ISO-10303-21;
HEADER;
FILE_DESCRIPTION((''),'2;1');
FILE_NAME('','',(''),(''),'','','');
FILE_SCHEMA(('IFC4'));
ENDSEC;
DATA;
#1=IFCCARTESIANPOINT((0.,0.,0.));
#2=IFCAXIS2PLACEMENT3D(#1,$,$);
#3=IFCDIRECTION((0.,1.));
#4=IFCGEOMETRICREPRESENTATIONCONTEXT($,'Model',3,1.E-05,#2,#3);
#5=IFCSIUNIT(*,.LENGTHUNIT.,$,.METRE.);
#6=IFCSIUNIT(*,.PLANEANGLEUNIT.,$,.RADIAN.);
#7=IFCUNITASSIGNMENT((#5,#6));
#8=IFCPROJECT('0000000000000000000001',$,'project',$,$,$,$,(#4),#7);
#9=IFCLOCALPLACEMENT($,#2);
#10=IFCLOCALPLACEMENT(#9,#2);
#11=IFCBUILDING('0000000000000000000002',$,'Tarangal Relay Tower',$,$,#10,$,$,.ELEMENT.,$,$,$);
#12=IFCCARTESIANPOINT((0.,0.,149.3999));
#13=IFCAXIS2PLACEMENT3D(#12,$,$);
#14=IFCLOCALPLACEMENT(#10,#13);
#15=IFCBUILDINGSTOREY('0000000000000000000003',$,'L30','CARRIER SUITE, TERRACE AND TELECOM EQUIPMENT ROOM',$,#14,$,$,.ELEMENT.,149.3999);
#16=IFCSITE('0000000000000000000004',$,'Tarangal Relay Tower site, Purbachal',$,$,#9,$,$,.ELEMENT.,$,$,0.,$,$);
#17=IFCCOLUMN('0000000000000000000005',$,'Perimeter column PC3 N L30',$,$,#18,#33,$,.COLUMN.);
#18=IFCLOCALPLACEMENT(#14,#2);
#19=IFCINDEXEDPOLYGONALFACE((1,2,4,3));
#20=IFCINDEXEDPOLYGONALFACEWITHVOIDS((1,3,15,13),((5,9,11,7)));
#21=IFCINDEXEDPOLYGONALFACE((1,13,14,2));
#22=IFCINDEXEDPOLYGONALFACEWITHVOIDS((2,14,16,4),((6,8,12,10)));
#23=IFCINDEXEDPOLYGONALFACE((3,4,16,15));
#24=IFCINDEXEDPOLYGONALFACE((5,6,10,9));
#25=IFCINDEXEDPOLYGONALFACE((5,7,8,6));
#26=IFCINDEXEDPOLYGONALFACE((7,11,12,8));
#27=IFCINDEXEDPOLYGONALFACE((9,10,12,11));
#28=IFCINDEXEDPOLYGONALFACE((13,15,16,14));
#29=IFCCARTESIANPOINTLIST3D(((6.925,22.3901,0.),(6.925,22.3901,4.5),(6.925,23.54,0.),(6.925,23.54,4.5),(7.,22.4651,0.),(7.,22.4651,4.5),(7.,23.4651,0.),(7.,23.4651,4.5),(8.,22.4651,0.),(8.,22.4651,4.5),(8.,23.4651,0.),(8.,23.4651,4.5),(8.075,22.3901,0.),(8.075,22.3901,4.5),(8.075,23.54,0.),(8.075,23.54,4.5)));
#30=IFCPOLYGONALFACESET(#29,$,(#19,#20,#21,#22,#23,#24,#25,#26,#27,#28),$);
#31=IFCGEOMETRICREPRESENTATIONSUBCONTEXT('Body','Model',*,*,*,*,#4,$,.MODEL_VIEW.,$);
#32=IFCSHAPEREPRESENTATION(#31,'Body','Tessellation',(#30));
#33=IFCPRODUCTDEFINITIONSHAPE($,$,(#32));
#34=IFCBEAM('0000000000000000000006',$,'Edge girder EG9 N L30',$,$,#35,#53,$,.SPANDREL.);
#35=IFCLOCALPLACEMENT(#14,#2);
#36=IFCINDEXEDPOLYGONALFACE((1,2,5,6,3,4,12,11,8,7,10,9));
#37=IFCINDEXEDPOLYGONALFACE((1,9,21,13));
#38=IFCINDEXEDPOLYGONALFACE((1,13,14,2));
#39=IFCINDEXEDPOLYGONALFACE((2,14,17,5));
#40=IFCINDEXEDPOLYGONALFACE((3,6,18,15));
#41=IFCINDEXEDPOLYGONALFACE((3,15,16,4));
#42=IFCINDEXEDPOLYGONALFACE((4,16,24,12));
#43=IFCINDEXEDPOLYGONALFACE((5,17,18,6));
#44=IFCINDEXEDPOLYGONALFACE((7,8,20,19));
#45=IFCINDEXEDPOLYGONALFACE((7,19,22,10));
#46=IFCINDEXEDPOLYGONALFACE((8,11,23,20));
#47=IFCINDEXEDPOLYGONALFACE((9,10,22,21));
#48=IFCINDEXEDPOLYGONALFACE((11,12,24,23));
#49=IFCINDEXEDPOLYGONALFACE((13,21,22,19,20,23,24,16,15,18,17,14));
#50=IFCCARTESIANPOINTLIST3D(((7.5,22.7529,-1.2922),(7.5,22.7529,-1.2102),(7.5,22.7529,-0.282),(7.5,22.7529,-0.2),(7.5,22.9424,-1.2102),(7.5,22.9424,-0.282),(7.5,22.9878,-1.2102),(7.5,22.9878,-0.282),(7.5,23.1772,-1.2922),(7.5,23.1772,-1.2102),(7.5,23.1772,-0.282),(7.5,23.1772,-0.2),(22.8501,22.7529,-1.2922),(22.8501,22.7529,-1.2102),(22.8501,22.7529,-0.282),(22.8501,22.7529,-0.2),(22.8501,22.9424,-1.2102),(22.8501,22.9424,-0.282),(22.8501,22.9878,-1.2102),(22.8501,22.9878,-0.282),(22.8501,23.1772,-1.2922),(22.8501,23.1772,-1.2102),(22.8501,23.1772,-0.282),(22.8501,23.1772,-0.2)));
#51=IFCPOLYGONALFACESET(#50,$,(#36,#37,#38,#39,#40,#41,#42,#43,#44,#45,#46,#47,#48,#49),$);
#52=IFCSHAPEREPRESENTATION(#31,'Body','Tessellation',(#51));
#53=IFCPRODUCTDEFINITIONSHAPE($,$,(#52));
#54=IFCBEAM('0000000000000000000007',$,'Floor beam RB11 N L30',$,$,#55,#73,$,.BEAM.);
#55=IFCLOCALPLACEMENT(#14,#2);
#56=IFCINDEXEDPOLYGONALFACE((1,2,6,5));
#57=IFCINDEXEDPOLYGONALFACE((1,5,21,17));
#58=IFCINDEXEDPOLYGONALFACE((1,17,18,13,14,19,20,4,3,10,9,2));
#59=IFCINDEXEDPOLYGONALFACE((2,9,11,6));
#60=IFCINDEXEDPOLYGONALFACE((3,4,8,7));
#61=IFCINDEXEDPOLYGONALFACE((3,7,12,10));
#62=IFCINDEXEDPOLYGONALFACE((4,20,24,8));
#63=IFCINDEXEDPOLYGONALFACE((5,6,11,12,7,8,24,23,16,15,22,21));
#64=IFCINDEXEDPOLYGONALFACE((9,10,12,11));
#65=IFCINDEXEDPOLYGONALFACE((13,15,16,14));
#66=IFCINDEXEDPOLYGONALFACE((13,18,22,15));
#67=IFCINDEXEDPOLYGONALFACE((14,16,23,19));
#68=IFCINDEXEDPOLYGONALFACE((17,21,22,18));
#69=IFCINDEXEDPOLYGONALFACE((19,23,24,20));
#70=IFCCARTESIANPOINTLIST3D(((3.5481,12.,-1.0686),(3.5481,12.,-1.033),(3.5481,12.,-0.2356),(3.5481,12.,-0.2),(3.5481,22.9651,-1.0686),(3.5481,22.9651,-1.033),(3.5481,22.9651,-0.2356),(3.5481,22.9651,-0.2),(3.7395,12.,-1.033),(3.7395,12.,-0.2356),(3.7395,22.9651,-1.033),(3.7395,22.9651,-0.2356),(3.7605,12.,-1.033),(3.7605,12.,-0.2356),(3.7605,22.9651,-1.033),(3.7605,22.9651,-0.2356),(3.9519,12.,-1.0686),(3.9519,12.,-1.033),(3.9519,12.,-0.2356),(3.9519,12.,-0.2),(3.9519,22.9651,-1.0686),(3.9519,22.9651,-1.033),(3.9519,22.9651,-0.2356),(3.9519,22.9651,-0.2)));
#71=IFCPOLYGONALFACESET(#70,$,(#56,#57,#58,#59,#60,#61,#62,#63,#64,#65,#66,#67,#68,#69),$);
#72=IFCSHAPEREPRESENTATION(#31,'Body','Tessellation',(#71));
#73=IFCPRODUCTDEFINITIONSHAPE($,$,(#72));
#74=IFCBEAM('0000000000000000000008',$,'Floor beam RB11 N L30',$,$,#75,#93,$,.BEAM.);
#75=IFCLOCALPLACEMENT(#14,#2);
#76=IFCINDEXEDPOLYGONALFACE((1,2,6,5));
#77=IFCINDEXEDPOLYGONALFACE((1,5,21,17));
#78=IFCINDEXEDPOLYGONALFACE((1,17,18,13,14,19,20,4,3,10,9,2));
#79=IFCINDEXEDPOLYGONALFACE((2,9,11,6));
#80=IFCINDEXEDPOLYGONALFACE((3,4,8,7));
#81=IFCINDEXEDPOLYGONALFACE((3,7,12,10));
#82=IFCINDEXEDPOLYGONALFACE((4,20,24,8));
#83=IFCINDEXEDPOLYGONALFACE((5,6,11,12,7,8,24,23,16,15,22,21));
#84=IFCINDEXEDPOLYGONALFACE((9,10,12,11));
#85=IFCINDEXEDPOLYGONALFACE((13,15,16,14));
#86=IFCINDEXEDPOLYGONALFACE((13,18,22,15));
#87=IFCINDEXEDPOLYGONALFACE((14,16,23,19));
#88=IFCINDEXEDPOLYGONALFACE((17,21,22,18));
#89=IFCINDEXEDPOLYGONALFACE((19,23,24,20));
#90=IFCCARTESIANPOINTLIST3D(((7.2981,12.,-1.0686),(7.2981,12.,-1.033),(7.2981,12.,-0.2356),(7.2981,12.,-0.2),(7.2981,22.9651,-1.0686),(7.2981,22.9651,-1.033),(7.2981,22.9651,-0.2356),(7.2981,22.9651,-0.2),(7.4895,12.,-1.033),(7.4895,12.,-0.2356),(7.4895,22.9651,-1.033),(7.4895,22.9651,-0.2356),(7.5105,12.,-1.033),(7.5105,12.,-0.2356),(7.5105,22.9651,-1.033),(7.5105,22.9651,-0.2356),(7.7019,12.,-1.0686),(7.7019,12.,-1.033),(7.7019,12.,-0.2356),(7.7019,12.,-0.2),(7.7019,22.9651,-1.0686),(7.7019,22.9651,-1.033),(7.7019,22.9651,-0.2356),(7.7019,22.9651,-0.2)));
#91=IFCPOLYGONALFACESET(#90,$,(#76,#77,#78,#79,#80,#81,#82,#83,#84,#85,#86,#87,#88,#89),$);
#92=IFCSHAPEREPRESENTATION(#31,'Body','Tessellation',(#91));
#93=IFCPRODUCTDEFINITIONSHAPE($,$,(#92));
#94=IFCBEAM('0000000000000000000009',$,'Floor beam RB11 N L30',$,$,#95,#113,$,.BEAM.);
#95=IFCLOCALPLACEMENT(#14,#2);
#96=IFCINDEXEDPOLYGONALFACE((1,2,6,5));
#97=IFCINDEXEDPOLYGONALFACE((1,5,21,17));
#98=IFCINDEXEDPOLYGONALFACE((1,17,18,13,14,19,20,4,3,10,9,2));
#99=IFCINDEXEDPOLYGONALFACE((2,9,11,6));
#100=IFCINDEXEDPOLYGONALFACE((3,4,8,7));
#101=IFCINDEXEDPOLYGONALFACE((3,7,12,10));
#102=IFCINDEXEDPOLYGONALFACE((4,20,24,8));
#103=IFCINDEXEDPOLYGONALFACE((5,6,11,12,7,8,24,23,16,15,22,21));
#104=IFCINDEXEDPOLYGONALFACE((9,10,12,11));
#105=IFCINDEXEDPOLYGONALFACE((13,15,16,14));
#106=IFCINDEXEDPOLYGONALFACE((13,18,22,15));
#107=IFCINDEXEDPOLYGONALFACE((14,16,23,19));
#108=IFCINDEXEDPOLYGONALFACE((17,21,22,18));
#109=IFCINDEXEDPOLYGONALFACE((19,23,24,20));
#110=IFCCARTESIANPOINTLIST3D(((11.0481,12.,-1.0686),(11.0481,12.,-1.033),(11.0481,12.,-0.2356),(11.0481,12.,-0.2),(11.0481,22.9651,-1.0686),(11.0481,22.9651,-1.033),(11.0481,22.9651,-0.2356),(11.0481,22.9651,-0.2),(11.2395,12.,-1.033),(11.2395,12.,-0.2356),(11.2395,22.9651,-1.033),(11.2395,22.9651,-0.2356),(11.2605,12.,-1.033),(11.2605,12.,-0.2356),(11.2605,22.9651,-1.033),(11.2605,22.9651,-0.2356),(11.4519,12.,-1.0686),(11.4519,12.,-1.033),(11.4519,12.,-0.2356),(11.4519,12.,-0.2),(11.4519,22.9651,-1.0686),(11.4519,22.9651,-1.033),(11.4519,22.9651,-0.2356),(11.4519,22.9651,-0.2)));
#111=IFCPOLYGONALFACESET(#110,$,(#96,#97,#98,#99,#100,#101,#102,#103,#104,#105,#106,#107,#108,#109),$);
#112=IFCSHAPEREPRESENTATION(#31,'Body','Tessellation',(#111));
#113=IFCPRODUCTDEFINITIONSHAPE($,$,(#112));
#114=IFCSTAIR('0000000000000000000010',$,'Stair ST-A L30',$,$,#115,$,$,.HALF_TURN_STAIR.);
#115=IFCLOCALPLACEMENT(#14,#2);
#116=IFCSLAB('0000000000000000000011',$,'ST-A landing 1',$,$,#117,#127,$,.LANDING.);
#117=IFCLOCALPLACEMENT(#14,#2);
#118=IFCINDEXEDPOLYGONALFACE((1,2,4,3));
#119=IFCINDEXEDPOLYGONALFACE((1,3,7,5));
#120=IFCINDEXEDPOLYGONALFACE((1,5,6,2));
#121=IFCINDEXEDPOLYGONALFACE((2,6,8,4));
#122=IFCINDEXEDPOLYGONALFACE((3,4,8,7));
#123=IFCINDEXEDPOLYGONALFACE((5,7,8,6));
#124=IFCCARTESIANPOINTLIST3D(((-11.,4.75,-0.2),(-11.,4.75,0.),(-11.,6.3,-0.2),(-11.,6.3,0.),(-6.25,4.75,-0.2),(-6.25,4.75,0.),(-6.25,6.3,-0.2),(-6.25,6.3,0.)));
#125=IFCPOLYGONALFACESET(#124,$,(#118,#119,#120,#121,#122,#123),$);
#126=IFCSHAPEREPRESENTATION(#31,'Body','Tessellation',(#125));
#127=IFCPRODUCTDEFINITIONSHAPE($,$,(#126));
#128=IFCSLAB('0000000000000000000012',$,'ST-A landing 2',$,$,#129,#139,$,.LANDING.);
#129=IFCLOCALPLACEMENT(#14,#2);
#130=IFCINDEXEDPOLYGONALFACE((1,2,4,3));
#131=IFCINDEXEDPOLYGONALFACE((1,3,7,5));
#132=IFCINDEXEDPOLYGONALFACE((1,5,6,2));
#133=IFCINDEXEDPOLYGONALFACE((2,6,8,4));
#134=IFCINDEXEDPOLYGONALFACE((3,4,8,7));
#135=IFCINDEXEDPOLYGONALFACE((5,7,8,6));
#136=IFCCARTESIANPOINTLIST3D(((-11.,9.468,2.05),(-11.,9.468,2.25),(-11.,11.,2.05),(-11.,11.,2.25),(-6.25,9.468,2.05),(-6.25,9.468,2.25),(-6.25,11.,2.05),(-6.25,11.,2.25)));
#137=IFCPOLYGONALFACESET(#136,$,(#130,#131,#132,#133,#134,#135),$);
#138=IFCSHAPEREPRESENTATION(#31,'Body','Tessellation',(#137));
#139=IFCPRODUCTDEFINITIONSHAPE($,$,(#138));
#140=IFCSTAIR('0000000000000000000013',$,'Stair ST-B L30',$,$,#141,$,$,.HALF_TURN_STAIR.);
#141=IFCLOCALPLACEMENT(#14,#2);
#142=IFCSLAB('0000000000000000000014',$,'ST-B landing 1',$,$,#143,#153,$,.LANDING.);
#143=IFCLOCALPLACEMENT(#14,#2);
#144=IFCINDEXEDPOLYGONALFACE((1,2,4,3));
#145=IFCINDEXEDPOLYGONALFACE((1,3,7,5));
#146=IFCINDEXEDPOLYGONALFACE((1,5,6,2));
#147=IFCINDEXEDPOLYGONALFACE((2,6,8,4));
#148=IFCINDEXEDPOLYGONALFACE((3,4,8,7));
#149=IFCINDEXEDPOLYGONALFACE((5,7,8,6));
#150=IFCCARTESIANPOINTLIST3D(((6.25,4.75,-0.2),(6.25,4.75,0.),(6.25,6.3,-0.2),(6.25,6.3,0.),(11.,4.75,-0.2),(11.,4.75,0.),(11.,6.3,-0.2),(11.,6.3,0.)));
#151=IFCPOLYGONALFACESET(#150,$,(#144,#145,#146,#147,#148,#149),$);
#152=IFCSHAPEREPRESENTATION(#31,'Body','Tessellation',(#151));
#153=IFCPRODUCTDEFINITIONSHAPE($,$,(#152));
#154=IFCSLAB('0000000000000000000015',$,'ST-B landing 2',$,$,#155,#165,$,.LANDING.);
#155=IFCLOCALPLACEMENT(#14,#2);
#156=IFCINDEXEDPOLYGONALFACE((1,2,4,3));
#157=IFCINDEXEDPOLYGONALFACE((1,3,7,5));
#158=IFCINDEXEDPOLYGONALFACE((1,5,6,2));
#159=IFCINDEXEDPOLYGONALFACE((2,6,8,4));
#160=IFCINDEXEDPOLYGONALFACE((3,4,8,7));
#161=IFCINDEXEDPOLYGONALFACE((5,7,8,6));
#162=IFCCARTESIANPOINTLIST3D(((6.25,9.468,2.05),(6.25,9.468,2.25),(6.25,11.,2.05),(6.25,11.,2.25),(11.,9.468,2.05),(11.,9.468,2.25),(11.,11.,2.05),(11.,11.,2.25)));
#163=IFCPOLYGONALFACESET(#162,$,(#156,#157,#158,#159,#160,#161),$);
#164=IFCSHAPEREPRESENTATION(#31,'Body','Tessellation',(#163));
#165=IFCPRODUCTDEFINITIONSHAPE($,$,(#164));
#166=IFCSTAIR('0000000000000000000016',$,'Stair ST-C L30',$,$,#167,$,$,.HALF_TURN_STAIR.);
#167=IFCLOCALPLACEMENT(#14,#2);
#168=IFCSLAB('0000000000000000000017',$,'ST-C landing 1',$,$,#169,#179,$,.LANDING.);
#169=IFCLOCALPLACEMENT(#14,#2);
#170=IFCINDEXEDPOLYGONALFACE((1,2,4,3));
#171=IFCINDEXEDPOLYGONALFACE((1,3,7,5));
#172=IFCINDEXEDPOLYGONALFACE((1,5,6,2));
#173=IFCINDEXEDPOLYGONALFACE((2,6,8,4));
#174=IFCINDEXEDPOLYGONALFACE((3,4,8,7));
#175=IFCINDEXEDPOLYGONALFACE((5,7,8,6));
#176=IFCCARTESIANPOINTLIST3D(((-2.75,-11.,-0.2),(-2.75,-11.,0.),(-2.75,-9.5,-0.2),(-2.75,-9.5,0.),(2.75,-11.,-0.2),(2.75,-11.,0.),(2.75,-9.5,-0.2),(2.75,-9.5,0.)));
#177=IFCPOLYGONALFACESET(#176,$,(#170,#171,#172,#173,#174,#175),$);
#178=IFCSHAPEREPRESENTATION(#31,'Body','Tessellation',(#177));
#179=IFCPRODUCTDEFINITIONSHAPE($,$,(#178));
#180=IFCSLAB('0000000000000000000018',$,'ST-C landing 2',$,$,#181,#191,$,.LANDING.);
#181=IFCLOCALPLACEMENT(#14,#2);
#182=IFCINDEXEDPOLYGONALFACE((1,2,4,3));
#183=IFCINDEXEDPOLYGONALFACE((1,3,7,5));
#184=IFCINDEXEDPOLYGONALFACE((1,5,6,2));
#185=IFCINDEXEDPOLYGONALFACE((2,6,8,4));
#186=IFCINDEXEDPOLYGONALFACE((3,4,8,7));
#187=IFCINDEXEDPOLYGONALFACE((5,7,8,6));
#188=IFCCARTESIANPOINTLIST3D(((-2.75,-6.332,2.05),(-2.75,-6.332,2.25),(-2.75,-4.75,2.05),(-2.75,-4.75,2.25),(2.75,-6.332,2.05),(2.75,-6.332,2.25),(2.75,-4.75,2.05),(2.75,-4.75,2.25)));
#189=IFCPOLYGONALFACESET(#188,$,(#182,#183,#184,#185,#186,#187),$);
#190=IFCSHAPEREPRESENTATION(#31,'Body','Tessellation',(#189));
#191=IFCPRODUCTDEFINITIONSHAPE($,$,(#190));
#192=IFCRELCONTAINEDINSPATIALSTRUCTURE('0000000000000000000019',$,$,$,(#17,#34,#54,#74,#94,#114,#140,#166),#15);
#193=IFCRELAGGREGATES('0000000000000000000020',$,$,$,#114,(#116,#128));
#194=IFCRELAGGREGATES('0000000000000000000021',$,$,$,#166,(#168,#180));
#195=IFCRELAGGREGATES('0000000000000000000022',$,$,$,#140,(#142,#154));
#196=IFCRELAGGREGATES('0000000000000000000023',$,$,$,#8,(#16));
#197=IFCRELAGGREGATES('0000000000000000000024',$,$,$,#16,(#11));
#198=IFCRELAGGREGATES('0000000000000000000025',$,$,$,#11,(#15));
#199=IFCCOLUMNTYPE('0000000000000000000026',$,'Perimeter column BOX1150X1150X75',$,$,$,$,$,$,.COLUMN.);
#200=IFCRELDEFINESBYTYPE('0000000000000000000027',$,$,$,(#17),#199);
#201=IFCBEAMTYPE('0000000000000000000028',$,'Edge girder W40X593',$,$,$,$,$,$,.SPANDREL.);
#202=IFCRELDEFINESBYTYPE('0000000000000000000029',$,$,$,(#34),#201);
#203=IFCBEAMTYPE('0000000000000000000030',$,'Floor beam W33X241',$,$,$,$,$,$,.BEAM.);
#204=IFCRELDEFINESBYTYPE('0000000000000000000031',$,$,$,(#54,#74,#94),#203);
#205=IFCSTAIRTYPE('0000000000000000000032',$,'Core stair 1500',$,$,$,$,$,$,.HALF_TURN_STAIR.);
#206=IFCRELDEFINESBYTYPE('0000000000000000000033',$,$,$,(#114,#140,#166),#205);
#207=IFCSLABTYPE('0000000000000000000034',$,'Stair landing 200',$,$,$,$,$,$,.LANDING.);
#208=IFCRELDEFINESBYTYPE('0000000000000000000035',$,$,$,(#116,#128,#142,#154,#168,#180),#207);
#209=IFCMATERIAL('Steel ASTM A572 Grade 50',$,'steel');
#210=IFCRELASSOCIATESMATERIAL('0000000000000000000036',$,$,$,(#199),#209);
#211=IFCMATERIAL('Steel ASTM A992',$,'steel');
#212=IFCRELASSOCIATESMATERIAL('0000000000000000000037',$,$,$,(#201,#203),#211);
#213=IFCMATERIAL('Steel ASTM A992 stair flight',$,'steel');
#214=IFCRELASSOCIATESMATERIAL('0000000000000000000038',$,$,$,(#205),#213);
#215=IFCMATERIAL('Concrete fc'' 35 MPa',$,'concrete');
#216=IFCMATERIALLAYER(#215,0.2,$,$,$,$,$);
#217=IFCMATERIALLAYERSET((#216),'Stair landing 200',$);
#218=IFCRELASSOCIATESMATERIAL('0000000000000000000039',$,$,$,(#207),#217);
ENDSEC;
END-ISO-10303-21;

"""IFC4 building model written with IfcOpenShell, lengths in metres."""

from ifc_helpers import new_model, si_unit, direction, frame, origin, origin_2d, place, context, subcontext, project, spatial, polyline, hollow_rectangle, i_section, outline, extrude, material, layer, layer_set, material_profile, profile_set, type_object, element, aggregate, save


model = new_model("IFC4")

# Units and contexts
model_context = context("Model", 3, precision=1e-05, world=origin(), true_north=direction((0.0, 1.0)))
body_context = subcontext(model_context, "Body", "Model", "MODEL_VIEW")
ifc_project = project(units=[si_unit("LENGTHUNIT", "METRE"), si_unit("PLANEANGLEUNIT", "RADIAN")], contexts=[model_context])

# Site, building, storey
site_placement = place(None, origin())
site = spatial("IfcSite", under=ifc_project, at=site_placement, Name="Tarangal Relay Tower site, Purbachal", CompositionType="ELEMENT", RefElevation=0.0)
building_placement = place(site_placement, origin())
building = spatial("IfcBuilding", under=site, at=building_placement, Name="Tarangal Relay Tower", CompositionType="ELEMENT")
storey_placement = place(building_placement, frame((0.0, 0.0, 149.3999)))
storey = spatial("IfcBuildingStorey", under=building, at=storey_placement, Name="L30", Description="CARRIER SUITE, TERRACE AND TELECOM EQUIPMENT ROOM", CompositionType="ELEMENT", Elevation=149.3999)

# Column
ifc_material_1 = material(Name="Steel ASTM A572 Grade 50", Category="steel")
ifc_material_profile_1 = material_profile(ifc_material_1, hollow_rectangle(XDim=1.1499, YDim=1.1499, WallThickness=0.075, at=origin_2d()), Name="BOX1150X1150X75")
ifc_profile_set_1 = profile_set([ifc_material_profile_1], Name="Steel ASTM A572 Grade 50")
column_type = type_object("IfcColumnType", Name="Perimeter column BOX1150X1150X75", PredefinedType="COLUMN", material=ifc_profile_set_1)
column_placement = place(storey_placement, frame((7.5, 22.9651, 0.0), z_axis=(0.0, 0.0, 1.0), x_axis=(1.0, 0.0, 0.0)))
element("IfcColumn", 1, at=column_placement, inside=storey, type_object=column_type, Name="Perimeter column PC3 N L30", PredefinedType="COLUMN", context=body_context, shape_type="SweptSolid", body=[
    extrude(hollow_rectangle(XDim=1.1499, YDim=1.1499, WallThickness=0.075, at=origin_2d()), origin(), (0.0, 0.0, 1.0), 4.5),
])

# Beams
ifc_material_2 = material(Name="Steel ASTM A992", Category="steel")
ifc_material_profile_2 = material_profile(ifc_material_2, i_section(OverallWidth=0.4243, OverallDepth=1.0923, WebThickness=0.0454, FlangeThickness=0.082, at=origin_2d()), Name="W40X593")
ifc_profile_set_2 = profile_set([ifc_material_profile_2], Name="Steel ASTM A992")
beam_type_1 = type_object("IfcBeamType", Name="Edge girder W40X593", PredefinedType="SPANDREL", material=ifc_profile_set_2)
beam_placement = place(storey_placement, frame((7.5, 22.9651, -0.7461), z_axis=(1.0, 0.0, 0.0), x_axis=(0.0, 1.0, 0.0)))
element("IfcBeam", 2, at=beam_placement, inside=storey, type_object=beam_type_1, Name="Edge girder EG9 N L30", PredefinedType="SPANDREL", context=body_context, shape_type="SweptSolid", body=[
    extrude(i_section(OverallWidth=0.4243, OverallDepth=1.0923, WebThickness=0.0454, FlangeThickness=0.082, at=origin_2d()), origin(), (0.0, 0.0, 1.0), 15.3501),
])
ifc_material_profile_3 = material_profile(ifc_material_2, i_section(OverallWidth=0.4038, OverallDepth=0.8687, WebThickness=0.021, FlangeThickness=0.0356, at=origin_2d()), Name="W33X241")
ifc_profile_set_3 = profile_set([ifc_material_profile_3], Name="Steel ASTM A992")
beam_type_2 = type_object("IfcBeamType", Name="Floor beam W33X241", PredefinedType="BEAM", material=ifc_profile_set_3)
for number, where, z_axis, x_axis, name in (
    (3, (3.75, 12.0, -0.6343), (0.0, 1.0, 0.0), (-1.0, 0.0, 0.0), "Floor beam RB11 N L30"),
    (4, (7.5, 12.0, -0.6343), (0.0, 1.0, 0.0), (-1.0, 0.0, 0.0), "Floor beam RB11 N L30"),
    (5, (11.25, 12.0, -0.6343), (0.0, 1.0, 0.0), (-1.0, 0.0, 0.0), "Floor beam RB11 N L30"),
):
    element("IfcBeam", number, at=place(storey_placement, frame(where, z_axis=z_axis, x_axis=x_axis)), inside=storey, type_object=beam_type_2, Name=name, PredefinedType="BEAM", context=body_context, shape_type="SweptSolid", body=[
        extrude(i_section(OverallWidth=0.4038, OverallDepth=0.8687, WebThickness=0.021, FlangeThickness=0.0356, at=origin_2d()), origin(), (0.0, 0.0, 1.0), 10.9651),
    ])

# Stairs, slabs
ifc_material_3 = material(Name="Steel ASTM A992 stair flight", Category="steel")
stair_type = type_object("IfcStairType", Name="Core stair 1500", PredefinedType="HALF_TURN_STAIR", material=ifc_material_3)
stair_1_placement = place(storey_placement, origin())
stair_1 = element("IfcStair", 6, at=stair_1_placement, inside=storey, type_object=stair_type, Name="Stair ST-A L30", PredefinedType="HALF_TURN_STAIR")
ifc_material_4 = material(Name="Concrete fc' 35 MPa", Category="concrete")
ifc_layer_1 = layer(ifc_material_4, 0.2)
ifc_layer_set_1 = layer_set([ifc_layer_1], Name="Stair landing 200")
slab_type = type_object("IfcSlabType", Name="Stair landing 200", PredefinedType="LANDING", material=ifc_layer_set_1)
slab_1_placement = place(storey_placement, frame((0.0, 0.0, -0.2)))
slab_1 = element("IfcSlab", 7, at=slab_1_placement, type_object=slab_type, Name="ST-A landing 1", PredefinedType="LANDING", context=body_context, shape_type="SweptSolid", body=[
    extrude(outline(polyline([(-11.0, 4.75), (-6.25, 4.75), (-6.25, 6.3), (-11.0, 6.3), (-11.0, 4.75)])), origin(), (0.0, 0.0, 1.0), 0.2),
])
slab_2_placement = place(storey_placement, frame((0.0, 0.0, 2.05)))
slab_2 = element("IfcSlab", 8, at=slab_2_placement, type_object=slab_type, Name="ST-A landing 2", PredefinedType="LANDING", context=body_context, shape_type="SweptSolid", body=[
    extrude(outline(polyline([(-11.0, 9.468), (-6.25, 9.468), (-6.25, 11.0), (-11.0, 11.0), (-11.0, 9.468)])), origin(), (0.0, 0.0, 1.0), 0.2),
])
aggregate(stair_1, [slab_1, slab_2])
stair_2_placement = place(storey_placement, origin())
stair_2 = element("IfcStair", 9, at=stair_2_placement, inside=storey, type_object=stair_type, Name="Stair ST-B L30", PredefinedType="HALF_TURN_STAIR")
slab_3_placement = place(storey_placement, frame((0.0, 0.0, -0.2)))
slab_3 = element("IfcSlab", 10, at=slab_3_placement, type_object=slab_type, Name="ST-B landing 1", PredefinedType="LANDING", context=body_context, shape_type="SweptSolid", body=[
    extrude(outline(polyline([(6.25, 4.75), (11.0, 4.75), (11.0, 6.3), (6.25, 6.3), (6.25, 4.75)])), origin(), (0.0, 0.0, 1.0), 0.2),
])
slab_4_placement = place(storey_placement, frame((0.0, 0.0, 2.05)))
slab_4 = element("IfcSlab", 11, at=slab_4_placement, type_object=slab_type, Name="ST-B landing 2", PredefinedType="LANDING", context=body_context, shape_type="SweptSolid", body=[
    extrude(outline(polyline([(6.25, 9.468), (11.0, 9.468), (11.0, 11.0), (6.25, 11.0), (6.25, 9.468)])), origin(), (0.0, 0.0, 1.0), 0.2),
])
stair_3_placement = place(storey_placement, origin())
stair_3 = element("IfcStair", 12, at=stair_3_placement, inside=storey, type_object=stair_type, Name="Stair ST-C L30", PredefinedType="HALF_TURN_STAIR")
slab_5_placement = place(storey_placement, frame((0.0, 0.0, -0.2)))
slab_5 = element("IfcSlab", 13, at=slab_5_placement, type_object=slab_type, Name="ST-C landing 1", PredefinedType="LANDING", context=body_context, shape_type="SweptSolid", body=[
    extrude(outline(polyline([(-2.75, -11.0), (2.75, -11.0), (2.75, -9.5), (-2.75, -9.5), (-2.75, -11.0)])), origin(), (0.0, 0.0, 1.0), 0.2),
])
slab_6_placement = place(storey_placement, frame((0.0, 0.0, 2.05)))
slab_6 = element("IfcSlab", 14, at=slab_6_placement, type_object=slab_type, Name="ST-C landing 2", PredefinedType="LANDING", context=body_context, shape_type="SweptSolid", body=[
    extrude(outline(polyline([(-2.75, -6.332), (2.75, -6.332), (2.75, -4.75), (-2.75, -4.75), (-2.75, -6.332)])), origin(), (0.0, 0.0, 1.0), 0.2),
])
aggregate(stair_3, [slab_5, slab_6])

aggregate(stair_2, [slab_3, slab_4])

save(model, "model.ifc")
